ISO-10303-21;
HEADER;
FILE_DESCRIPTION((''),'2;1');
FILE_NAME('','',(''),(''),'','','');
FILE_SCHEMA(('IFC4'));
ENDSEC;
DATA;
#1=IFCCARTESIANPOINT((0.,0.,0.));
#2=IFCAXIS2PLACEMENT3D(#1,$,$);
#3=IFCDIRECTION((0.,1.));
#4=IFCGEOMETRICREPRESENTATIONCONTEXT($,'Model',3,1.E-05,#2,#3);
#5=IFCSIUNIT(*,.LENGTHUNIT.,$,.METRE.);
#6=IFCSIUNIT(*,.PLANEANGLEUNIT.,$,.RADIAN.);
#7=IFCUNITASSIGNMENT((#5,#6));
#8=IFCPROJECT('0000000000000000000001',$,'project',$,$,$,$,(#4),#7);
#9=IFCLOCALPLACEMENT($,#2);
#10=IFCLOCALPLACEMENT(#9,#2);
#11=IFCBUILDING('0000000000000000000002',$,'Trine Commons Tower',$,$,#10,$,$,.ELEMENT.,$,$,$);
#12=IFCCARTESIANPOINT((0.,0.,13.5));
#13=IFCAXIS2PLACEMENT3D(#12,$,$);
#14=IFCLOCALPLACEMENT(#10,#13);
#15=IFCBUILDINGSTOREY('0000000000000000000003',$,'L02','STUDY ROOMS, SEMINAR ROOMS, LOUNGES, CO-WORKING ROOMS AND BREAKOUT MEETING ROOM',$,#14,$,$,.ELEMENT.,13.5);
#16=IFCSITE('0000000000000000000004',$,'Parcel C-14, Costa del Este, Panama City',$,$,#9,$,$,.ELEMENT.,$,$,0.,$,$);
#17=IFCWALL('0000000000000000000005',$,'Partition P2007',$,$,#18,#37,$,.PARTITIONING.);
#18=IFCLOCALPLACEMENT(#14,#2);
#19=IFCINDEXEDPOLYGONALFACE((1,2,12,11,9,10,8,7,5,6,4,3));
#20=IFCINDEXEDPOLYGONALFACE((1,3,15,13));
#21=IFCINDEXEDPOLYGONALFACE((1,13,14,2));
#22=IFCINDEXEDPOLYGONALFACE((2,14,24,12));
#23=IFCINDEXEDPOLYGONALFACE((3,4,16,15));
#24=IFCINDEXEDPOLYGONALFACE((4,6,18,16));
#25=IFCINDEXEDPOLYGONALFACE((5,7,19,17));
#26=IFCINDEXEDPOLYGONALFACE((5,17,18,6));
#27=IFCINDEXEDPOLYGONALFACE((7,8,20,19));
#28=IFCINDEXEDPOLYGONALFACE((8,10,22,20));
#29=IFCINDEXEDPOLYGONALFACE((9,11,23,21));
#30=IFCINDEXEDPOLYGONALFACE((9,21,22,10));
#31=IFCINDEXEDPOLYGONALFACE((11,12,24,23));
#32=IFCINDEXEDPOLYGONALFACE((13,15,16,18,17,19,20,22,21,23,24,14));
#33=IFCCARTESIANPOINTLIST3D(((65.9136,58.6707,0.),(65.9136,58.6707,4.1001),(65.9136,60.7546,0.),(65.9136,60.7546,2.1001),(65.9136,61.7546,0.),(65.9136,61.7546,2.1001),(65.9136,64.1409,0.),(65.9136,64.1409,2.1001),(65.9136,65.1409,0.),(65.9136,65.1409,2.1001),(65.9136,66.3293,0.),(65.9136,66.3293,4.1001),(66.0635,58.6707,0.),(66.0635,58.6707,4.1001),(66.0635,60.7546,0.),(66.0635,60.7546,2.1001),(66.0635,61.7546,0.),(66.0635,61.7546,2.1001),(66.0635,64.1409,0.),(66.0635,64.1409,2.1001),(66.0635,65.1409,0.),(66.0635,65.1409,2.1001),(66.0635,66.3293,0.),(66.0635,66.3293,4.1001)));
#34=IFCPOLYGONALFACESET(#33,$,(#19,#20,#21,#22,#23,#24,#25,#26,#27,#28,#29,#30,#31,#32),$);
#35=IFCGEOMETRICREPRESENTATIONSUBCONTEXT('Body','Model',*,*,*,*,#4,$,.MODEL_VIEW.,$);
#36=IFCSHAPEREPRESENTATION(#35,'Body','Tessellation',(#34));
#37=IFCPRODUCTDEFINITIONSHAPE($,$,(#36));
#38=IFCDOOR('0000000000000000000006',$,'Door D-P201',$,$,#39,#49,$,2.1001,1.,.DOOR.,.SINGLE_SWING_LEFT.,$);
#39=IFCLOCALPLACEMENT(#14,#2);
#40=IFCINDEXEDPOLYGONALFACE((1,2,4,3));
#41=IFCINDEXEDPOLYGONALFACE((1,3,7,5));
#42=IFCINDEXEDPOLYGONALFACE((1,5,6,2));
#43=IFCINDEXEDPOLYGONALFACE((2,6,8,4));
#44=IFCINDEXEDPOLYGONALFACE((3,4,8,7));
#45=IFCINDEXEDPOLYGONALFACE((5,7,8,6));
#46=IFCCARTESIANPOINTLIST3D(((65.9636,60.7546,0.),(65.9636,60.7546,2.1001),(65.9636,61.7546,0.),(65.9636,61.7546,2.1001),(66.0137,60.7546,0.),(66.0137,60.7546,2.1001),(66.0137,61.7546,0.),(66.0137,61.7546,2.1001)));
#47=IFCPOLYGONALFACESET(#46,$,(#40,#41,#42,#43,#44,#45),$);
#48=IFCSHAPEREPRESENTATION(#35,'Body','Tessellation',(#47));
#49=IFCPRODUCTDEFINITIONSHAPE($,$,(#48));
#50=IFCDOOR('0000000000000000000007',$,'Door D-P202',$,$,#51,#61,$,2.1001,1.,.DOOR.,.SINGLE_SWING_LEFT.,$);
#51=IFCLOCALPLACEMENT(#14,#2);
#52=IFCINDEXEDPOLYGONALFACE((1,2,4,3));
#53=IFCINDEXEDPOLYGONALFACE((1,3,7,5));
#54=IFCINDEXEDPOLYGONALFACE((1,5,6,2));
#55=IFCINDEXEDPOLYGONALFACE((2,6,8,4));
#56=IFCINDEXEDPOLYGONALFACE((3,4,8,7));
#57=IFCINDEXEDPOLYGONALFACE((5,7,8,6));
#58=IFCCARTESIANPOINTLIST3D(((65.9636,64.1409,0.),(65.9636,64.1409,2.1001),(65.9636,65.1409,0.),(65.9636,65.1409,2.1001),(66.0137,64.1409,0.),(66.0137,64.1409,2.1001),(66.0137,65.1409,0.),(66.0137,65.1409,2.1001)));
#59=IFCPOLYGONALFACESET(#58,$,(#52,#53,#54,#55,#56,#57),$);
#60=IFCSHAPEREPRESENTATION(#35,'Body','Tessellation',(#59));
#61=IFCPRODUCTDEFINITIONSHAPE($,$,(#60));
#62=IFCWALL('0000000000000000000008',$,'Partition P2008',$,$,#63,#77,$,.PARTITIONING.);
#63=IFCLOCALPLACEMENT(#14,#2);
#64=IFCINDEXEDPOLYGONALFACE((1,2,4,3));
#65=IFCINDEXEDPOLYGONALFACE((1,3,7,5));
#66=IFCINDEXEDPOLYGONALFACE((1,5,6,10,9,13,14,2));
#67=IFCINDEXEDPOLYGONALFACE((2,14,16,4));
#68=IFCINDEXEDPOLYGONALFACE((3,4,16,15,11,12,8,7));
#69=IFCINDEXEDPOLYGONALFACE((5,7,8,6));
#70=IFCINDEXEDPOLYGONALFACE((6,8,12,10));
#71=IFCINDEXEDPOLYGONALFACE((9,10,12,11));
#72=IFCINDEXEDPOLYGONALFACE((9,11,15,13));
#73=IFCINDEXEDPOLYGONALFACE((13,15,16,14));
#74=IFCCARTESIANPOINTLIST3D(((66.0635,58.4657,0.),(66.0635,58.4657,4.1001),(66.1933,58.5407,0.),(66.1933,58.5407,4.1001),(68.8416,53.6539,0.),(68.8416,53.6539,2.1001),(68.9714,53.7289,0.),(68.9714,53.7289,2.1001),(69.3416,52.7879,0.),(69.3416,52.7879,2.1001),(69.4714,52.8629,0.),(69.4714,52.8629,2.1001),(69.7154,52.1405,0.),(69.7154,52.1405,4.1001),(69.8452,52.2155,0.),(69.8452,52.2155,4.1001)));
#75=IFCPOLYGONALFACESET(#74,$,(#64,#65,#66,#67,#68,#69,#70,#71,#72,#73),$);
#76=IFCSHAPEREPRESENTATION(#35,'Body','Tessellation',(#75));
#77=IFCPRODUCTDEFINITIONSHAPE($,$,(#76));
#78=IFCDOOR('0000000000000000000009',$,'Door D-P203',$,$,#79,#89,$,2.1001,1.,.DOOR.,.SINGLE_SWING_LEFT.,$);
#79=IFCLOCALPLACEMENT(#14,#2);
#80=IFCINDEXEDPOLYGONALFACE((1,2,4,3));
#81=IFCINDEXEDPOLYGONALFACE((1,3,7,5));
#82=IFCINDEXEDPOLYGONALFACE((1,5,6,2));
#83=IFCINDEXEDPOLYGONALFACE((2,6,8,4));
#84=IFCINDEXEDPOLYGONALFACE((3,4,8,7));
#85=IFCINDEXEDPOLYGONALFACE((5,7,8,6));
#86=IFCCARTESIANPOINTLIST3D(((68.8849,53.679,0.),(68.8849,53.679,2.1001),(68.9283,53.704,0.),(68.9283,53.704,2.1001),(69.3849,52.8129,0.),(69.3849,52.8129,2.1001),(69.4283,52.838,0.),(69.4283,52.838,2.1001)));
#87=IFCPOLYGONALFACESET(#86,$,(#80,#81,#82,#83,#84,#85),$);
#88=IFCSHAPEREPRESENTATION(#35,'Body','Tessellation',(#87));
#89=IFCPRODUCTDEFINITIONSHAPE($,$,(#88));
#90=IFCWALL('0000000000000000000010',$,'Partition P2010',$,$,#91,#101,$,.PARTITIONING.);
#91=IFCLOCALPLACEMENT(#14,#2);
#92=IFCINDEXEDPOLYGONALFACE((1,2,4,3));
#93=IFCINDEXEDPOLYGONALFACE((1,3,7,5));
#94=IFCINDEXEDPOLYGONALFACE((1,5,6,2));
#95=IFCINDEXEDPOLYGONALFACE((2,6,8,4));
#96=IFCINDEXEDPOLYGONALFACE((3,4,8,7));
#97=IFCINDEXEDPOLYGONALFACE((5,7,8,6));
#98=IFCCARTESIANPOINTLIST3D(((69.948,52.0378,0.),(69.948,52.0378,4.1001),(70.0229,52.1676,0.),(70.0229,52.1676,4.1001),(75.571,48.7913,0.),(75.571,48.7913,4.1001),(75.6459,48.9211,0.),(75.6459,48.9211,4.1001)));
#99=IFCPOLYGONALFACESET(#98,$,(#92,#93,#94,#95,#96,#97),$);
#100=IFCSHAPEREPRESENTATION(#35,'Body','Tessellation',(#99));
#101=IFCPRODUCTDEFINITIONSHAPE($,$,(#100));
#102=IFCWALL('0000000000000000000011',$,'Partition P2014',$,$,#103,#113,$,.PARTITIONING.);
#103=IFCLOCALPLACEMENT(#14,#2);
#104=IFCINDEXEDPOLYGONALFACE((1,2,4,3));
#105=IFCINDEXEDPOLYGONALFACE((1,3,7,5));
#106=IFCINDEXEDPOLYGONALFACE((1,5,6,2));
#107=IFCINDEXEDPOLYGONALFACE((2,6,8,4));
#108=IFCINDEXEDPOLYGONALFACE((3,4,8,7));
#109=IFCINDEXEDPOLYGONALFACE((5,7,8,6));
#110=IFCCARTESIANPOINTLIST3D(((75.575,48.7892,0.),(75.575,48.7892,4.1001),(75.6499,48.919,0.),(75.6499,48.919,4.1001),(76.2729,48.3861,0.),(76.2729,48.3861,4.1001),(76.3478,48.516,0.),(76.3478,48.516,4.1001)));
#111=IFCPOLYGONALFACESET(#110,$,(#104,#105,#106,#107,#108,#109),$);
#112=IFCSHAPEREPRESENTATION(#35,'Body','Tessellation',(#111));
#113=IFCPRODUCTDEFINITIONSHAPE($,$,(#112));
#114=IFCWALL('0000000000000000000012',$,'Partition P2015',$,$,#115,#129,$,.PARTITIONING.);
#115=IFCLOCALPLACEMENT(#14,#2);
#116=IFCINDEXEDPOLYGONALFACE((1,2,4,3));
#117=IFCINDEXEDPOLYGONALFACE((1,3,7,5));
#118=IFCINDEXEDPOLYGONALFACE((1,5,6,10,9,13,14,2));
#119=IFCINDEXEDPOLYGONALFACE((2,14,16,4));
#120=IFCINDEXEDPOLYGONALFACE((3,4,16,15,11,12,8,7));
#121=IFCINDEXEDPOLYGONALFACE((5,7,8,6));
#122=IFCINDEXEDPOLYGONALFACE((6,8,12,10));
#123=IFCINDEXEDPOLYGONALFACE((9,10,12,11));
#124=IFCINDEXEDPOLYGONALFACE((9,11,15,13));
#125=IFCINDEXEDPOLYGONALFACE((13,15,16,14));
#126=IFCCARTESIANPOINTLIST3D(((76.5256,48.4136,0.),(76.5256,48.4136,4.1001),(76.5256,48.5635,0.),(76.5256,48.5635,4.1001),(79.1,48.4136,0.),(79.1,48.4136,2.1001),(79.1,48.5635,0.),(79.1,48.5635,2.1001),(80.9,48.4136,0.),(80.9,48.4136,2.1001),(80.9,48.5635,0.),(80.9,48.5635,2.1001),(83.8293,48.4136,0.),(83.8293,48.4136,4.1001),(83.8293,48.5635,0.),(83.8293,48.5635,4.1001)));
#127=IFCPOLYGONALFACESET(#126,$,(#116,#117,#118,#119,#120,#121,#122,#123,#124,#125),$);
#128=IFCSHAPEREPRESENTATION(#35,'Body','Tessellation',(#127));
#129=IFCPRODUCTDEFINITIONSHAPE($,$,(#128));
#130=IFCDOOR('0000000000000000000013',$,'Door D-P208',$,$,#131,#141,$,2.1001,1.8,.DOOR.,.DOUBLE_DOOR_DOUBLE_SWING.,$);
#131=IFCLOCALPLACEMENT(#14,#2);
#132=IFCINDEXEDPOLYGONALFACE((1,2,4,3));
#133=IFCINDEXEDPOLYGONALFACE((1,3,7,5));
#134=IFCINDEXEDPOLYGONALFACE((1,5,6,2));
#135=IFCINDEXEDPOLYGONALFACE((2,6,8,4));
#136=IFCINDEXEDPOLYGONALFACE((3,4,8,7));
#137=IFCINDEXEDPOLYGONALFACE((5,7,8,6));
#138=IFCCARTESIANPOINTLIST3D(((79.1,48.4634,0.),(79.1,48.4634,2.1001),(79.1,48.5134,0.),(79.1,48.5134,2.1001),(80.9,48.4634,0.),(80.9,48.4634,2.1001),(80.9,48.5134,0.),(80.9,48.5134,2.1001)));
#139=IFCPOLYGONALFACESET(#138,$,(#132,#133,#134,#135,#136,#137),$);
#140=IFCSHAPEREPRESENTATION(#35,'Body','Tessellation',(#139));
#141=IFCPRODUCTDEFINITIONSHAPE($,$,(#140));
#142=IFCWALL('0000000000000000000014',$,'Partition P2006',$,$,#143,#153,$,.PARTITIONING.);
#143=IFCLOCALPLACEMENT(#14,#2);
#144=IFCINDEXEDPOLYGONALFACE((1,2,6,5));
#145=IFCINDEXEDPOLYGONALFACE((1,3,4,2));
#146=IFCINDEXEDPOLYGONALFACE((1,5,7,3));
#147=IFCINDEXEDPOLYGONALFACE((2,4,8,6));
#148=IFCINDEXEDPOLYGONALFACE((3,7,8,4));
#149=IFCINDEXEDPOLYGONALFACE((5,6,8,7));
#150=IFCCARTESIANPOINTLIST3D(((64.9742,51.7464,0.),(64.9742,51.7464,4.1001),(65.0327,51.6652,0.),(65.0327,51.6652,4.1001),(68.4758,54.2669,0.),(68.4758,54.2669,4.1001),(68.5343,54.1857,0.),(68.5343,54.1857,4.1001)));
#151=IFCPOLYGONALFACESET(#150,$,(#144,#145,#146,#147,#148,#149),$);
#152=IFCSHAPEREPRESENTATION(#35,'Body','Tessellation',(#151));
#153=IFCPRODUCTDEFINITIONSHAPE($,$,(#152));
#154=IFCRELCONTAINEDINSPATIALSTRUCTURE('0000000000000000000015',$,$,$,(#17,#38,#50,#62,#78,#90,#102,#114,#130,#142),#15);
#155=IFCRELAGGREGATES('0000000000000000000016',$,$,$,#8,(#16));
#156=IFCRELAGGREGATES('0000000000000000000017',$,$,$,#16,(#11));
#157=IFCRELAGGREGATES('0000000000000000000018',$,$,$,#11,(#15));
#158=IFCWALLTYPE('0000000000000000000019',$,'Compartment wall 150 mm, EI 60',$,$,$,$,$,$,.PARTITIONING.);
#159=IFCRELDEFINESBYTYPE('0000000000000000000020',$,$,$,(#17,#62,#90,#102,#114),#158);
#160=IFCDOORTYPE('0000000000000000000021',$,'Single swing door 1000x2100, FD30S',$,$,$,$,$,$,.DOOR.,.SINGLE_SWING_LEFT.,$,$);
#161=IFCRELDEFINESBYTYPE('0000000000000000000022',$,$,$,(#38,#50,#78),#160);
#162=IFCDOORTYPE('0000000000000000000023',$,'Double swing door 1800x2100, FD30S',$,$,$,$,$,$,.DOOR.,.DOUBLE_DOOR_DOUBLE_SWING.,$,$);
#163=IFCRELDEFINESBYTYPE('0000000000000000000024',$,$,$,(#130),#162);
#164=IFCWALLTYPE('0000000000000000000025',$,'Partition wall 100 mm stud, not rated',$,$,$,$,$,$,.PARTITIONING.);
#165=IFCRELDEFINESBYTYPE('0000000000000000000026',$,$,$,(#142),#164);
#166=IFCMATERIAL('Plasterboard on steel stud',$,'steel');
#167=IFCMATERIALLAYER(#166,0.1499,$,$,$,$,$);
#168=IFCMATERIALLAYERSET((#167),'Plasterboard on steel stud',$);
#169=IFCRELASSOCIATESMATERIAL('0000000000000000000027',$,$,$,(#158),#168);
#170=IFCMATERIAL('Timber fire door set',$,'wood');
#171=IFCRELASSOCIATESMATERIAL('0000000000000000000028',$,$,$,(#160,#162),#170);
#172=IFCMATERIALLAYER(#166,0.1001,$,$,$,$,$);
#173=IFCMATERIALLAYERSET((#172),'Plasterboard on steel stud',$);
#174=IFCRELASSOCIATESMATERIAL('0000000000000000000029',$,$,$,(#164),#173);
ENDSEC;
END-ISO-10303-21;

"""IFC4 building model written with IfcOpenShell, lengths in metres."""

from ifc_helpers import new_model, si_unit, direction, frame, frame_2d, origin, place, context, subcontext, project, spatial, rectangle, extrude, material, layer, layer_set, type_object, element, fill, save


model = new_model("IFC4")

# Units and contexts
model_context = context("Model", 3, precision=1e-05, world=origin(), true_north=direction((0.0, 1.0)))
body_context = subcontext(model_context, "Body", "Model", "MODEL_VIEW")
ifc_project = project(units=[si_unit("LENGTHUNIT", "METRE"), si_unit("PLANEANGLEUNIT", "RADIAN")], contexts=[model_context])

# Site, building, storey
site_placement = place(None, origin())
site = spatial("IfcSite", under=ifc_project, at=site_placement, Name="Parcel C-14, Costa del Este, Panama City", CompositionType="ELEMENT", RefElevation=0.0)
building_placement = place(site_placement, origin())
building = spatial("IfcBuilding", under=site, at=building_placement, Name="Trine Commons Tower", CompositionType="ELEMENT")
storey_placement = place(building_placement, frame((0.0, 0.0, 13.5)))
storey = spatial("IfcBuildingStorey", under=building, at=storey_placement, Name="L02", Description="STUDY ROOMS, SEMINAR ROOMS, LOUNGES, CO-WORKING ROOMS AND BREAKOUT MEETING ROOM", CompositionType="ELEMENT", Elevation=13.5)

# Wall, openings, doors
ifc_material_1 = material(Name="Plasterboard on steel stud", Category="steel")
ifc_layer_1 = layer(ifc_material_1, 0.1499)
ifc_layer_set_1 = layer_set([ifc_layer_1], Name="Plasterboard on steel stud")
wall_type_1 = type_object("IfcWallType", Name="Compartment wall 150 mm, EI 60", PredefinedType="PARTITIONING", material=ifc_layer_set_1)
wall_1_placement = place(storey_placement, frame((65.9885, 58.6707, 0.0), z_axis=(0.0, 0.0, 1.0), x_axis=(0.0, 1.0, 0.0)))
wall_1 = element("IfcWall", 1, at=wall_1_placement, inside=storey, type_object=wall_type_1, Name="Partition P2007", PredefinedType="PARTITIONING", context=body_context, shape_type="SweptSolid", body=[
    extrude(rectangle(XDim=7.6587, YDim=0.1499, at=frame_2d((3.8293, 0.0))), origin(), (0.0, 0.0, 1.0), 4.1001),
])
opening_1_placement = place(wall_1_placement, frame((2.084, 0.0, 0.0)))
opening_1 = element("IfcOpeningElement", 2, at=opening_1_placement, cuts=wall_1, PredefinedType="OPENING", context=body_context, shape_type="SweptSolid", body=[
    extrude(rectangle(XDim=1.0, YDim=2.1001, at=frame_2d((0.5, 1.05))), frame((0.0, 0.085, 0.0), z_axis=(0.0, -1.0, 0.0), x_axis=(1.0, 0.0, 0.0)), (0.0, 0.0, 1.0), 0.1699),
])
opening_2_placement = place(wall_1_placement, frame((5.4702, 0.0, 0.0)))
opening_2 = element("IfcOpeningElement", 3, at=opening_2_placement, cuts=wall_1, PredefinedType="OPENING", context=body_context, shape_type="SweptSolid", body=[
    extrude(rectangle(XDim=1.0, YDim=2.1001, at=frame_2d((0.5, 1.05))), frame((0.0, 0.085, 0.0), z_axis=(0.0, -1.0, 0.0), x_axis=(1.0, 0.0, 0.0)), (0.0, 0.0, 1.0), 0.1699),
])
ifc_material_2 = material(Name="Timber fire door set", Category="wood")
door_type_1 = type_object("IfcDoorType", Name="Single swing door 1000x2100, FD30S", OperationType="SINGLE_SWING_LEFT", PredefinedType="DOOR", material=ifc_material_2)
door_1_placement = place(opening_1_placement, origin())
door_1 = element("IfcDoor", 4, at=door_1_placement, inside=storey, type_object=door_type_1, Name="Door D-P201", OperationType="SINGLE_SWING_LEFT", OverallHeight=2.1001, OverallWidth=1.0, PredefinedType="DOOR", context=body_context, shape_type="SweptSolid", body=[
    extrude(rectangle(XDim=1.0, YDim=2.1001, at=frame_2d((0.5, 1.05))), frame((0.0, 0.0249, 0.0), z_axis=(0.0, -1.0, 0.0), x_axis=(1.0, 0.0, 0.0)), (0.0, 0.0, 1.0), 0.05),
])
fill(opening_1, door_1)
door_2_placement = place(opening_2_placement, origin())
door_2 = element("IfcDoor", 5, at=door_2_placement, inside=storey, type_object=door_type_1, Name="Door D-P202", OperationType="SINGLE_SWING_LEFT", OverallHeight=2.1001, OverallWidth=1.0, PredefinedType="DOOR", context=body_context, shape_type="SweptSolid", body=[
    extrude(rectangle(XDim=1.0, YDim=2.1001, at=frame_2d((0.5, 1.05))), frame((0.0, 0.0249, 0.0), z_axis=(0.0, -1.0, 0.0), x_axis=(1.0, 0.0, 0.0)), (0.0, 0.0, 1.0), 0.05),
])
fill(opening_2, door_2)

# Wall, opening, door
wall_2_placement = place(storey_placement, frame((69.7803, 52.178, 0.0), z_axis=(0.0, 0.0, 1.0), x_axis=(-0.5, 0.866025, 0.0)))
wall_2 = element("IfcWall", 6, at=wall_2_placement, inside=storey, type_object=wall_type_1, Name="Partition P2008", PredefinedType="PARTITIONING", context=body_context, shape_type="SweptSolid", body=[
    extrude(rectangle(XDim=7.3037, YDim=0.1499, at=frame_2d((3.6519, 0.0))), origin(), (0.0, 0.0, 1.0), 4.1001),
])
opening_3_placement = place(wall_2_placement, frame((0.7476, 0.0, 0.0)))
opening_3 = element("IfcOpeningElement", 7, at=opening_3_placement, cuts=wall_2, PredefinedType="OPENING", context=body_context, shape_type="SweptSolid", body=[
    extrude(rectangle(XDim=1.0, YDim=2.1001, at=frame_2d((0.5, 1.05))), frame((0.0, 0.085, 0.0), z_axis=(0.0, -1.0, 0.0), x_axis=(1.0, 0.0, 0.0)), (0.0, 0.0, 1.0), 0.1699),
])
door_3_placement = place(opening_3_placement, origin())
door_3 = element("IfcDoor", 8, at=door_3_placement, inside=storey, type_object=door_type_1, Name="Door D-P203", OperationType="SINGLE_SWING_LEFT", OverallHeight=2.1001, OverallWidth=1.0, PredefinedType="DOOR", context=body_context, shape_type="SweptSolid", body=[
    extrude(rectangle(XDim=1.0, YDim=2.1001, at=frame_2d((0.5, 1.05))), frame((0.0, 0.0249, 0.0), z_axis=(0.0, -1.0, 0.0), x_axis=(1.0, 0.0, 0.0)), (0.0, 0.0, 1.0), 0.05),
])
fill(opening_3, door_3)

# Walls
wall_3_placement = place(storey_placement, frame((69.9854, 52.1028, 0.0), z_axis=(0.0, 0.0, 1.0), x_axis=(0.866018, -0.500013, 0.0)))
element("IfcWall", 9, at=wall_3_placement, inside=storey, type_object=wall_type_1, Name="Partition P2010", PredefinedType="PARTITIONING", context=body_context, shape_type="SweptSolid", body=[
    extrude(rectangle(XDim=6.4929, YDim=0.1499, at=frame_2d((3.2466, 0.0))), origin(), (0.0, 0.0, 1.0), 4.1001),
])
wall_4_placement = place(storey_placement, frame((75.6125, 48.854, 0.0), z_axis=(0.0, 0.0, 1.0), x_axis=(0.865979, -0.500081, 0.0)))
element("IfcWall", 10, at=wall_4_placement, inside=storey, type_object=wall_type_1, Name="Partition P2014", PredefinedType="PARTITIONING", context=body_context, shape_type="SweptSolid", body=[
    extrude(rectangle(XDim=0.8059, YDim=0.1499, at=frame_2d((0.4028, 0.0))), origin(), (0.0, 0.0, 1.0), 4.1001),
])

# Wall, opening, door
wall_5_placement = place(storey_placement, frame((76.5256, 48.4885, 0.0), z_axis=(0.0, 0.0, 1.0), x_axis=(1.0, 0.0, 0.0)))
wall_5 = element("IfcWall", 11, at=wall_5_placement, inside=storey, type_object=wall_type_1, Name="Partition P2015", PredefinedType="PARTITIONING", context=body_context, shape_type="SweptSolid", body=[
    extrude(rectangle(XDim=7.3037, YDim=0.1499, at=frame_2d((3.6519, 0.0))), origin(), (0.0, 0.0, 1.0), 4.1001),
])
opening_4_placement = place(wall_5_placement, frame((2.5745, 0.0, 0.0)))
opening_4 = element("IfcOpeningElement", 12, at=opening_4_placement, cuts=wall_5, PredefinedType="OPENING", context=body_context, shape_type="SweptSolid", body=[
    extrude(rectangle(XDim=1.8, YDim=2.1001, at=frame_2d((0.8999, 1.05))), frame((0.0, 0.085, 0.0), z_axis=(0.0, -1.0, 0.0), x_axis=(1.0, 0.0, 0.0)), (0.0, 0.0, 1.0), 0.1699),
])
door_type_2 = type_object("IfcDoorType", Name="Double swing door 1800x2100, FD30S", OperationType="DOUBLE_DOOR_DOUBLE_SWING", PredefinedType="DOOR", material=ifc_material_2)
door_4_placement = place(opening_4_placement, origin())
door_4 = element("IfcDoor", 13, at=door_4_placement, inside=storey, type_object=door_type_2, Name="Door D-P208", OperationType="DOUBLE_DOOR_DOUBLE_SWING", OverallHeight=2.1001, OverallWidth=1.8, PredefinedType="DOOR", context=body_context, shape_type="SweptSolid", body=[
    extrude(rectangle(XDim=1.8, YDim=2.1001, at=frame_2d((0.8999, 1.05))), frame((0.0, 0.0249, 0.0), z_axis=(0.0, -1.0, 0.0), x_axis=(1.0, 0.0, 0.0)), (0.0, 0.0, 1.0), 0.05),
])
fill(opening_4, door_4)

# Wall
ifc_layer_2 = layer(ifc_material_1, 0.1001)
ifc_layer_set_2 = layer_set([ifc_layer_2], Name="Plasterboard on steel stud")
wall_type_2 = type_object("IfcWallType", Name="Partition wall 100 mm stud, not rated", PredefinedType="PARTITIONING", material=ifc_layer_set_2)
wall_6_placement = place(storey_placement, frame((65.0034, 51.7058, 0.0), z_axis=(0.0, 0.0, 1.0), x_axis=(0.811614, 0.584194, 0.0)))
element("IfcWall", 14, at=wall_6_placement, inside=storey, type_object=wall_type_2, Name="Partition P2006", PredefinedType="PARTITIONING", context=body_context, shape_type="SweptSolid", body=[
    extrude(rectangle(XDim=4.3145, YDim=0.1001, at=frame_2d((2.1572, 0.0))), origin(), (0.0, 0.0, 1.0), 4.1001),
])

save(model, "model.ifc")
